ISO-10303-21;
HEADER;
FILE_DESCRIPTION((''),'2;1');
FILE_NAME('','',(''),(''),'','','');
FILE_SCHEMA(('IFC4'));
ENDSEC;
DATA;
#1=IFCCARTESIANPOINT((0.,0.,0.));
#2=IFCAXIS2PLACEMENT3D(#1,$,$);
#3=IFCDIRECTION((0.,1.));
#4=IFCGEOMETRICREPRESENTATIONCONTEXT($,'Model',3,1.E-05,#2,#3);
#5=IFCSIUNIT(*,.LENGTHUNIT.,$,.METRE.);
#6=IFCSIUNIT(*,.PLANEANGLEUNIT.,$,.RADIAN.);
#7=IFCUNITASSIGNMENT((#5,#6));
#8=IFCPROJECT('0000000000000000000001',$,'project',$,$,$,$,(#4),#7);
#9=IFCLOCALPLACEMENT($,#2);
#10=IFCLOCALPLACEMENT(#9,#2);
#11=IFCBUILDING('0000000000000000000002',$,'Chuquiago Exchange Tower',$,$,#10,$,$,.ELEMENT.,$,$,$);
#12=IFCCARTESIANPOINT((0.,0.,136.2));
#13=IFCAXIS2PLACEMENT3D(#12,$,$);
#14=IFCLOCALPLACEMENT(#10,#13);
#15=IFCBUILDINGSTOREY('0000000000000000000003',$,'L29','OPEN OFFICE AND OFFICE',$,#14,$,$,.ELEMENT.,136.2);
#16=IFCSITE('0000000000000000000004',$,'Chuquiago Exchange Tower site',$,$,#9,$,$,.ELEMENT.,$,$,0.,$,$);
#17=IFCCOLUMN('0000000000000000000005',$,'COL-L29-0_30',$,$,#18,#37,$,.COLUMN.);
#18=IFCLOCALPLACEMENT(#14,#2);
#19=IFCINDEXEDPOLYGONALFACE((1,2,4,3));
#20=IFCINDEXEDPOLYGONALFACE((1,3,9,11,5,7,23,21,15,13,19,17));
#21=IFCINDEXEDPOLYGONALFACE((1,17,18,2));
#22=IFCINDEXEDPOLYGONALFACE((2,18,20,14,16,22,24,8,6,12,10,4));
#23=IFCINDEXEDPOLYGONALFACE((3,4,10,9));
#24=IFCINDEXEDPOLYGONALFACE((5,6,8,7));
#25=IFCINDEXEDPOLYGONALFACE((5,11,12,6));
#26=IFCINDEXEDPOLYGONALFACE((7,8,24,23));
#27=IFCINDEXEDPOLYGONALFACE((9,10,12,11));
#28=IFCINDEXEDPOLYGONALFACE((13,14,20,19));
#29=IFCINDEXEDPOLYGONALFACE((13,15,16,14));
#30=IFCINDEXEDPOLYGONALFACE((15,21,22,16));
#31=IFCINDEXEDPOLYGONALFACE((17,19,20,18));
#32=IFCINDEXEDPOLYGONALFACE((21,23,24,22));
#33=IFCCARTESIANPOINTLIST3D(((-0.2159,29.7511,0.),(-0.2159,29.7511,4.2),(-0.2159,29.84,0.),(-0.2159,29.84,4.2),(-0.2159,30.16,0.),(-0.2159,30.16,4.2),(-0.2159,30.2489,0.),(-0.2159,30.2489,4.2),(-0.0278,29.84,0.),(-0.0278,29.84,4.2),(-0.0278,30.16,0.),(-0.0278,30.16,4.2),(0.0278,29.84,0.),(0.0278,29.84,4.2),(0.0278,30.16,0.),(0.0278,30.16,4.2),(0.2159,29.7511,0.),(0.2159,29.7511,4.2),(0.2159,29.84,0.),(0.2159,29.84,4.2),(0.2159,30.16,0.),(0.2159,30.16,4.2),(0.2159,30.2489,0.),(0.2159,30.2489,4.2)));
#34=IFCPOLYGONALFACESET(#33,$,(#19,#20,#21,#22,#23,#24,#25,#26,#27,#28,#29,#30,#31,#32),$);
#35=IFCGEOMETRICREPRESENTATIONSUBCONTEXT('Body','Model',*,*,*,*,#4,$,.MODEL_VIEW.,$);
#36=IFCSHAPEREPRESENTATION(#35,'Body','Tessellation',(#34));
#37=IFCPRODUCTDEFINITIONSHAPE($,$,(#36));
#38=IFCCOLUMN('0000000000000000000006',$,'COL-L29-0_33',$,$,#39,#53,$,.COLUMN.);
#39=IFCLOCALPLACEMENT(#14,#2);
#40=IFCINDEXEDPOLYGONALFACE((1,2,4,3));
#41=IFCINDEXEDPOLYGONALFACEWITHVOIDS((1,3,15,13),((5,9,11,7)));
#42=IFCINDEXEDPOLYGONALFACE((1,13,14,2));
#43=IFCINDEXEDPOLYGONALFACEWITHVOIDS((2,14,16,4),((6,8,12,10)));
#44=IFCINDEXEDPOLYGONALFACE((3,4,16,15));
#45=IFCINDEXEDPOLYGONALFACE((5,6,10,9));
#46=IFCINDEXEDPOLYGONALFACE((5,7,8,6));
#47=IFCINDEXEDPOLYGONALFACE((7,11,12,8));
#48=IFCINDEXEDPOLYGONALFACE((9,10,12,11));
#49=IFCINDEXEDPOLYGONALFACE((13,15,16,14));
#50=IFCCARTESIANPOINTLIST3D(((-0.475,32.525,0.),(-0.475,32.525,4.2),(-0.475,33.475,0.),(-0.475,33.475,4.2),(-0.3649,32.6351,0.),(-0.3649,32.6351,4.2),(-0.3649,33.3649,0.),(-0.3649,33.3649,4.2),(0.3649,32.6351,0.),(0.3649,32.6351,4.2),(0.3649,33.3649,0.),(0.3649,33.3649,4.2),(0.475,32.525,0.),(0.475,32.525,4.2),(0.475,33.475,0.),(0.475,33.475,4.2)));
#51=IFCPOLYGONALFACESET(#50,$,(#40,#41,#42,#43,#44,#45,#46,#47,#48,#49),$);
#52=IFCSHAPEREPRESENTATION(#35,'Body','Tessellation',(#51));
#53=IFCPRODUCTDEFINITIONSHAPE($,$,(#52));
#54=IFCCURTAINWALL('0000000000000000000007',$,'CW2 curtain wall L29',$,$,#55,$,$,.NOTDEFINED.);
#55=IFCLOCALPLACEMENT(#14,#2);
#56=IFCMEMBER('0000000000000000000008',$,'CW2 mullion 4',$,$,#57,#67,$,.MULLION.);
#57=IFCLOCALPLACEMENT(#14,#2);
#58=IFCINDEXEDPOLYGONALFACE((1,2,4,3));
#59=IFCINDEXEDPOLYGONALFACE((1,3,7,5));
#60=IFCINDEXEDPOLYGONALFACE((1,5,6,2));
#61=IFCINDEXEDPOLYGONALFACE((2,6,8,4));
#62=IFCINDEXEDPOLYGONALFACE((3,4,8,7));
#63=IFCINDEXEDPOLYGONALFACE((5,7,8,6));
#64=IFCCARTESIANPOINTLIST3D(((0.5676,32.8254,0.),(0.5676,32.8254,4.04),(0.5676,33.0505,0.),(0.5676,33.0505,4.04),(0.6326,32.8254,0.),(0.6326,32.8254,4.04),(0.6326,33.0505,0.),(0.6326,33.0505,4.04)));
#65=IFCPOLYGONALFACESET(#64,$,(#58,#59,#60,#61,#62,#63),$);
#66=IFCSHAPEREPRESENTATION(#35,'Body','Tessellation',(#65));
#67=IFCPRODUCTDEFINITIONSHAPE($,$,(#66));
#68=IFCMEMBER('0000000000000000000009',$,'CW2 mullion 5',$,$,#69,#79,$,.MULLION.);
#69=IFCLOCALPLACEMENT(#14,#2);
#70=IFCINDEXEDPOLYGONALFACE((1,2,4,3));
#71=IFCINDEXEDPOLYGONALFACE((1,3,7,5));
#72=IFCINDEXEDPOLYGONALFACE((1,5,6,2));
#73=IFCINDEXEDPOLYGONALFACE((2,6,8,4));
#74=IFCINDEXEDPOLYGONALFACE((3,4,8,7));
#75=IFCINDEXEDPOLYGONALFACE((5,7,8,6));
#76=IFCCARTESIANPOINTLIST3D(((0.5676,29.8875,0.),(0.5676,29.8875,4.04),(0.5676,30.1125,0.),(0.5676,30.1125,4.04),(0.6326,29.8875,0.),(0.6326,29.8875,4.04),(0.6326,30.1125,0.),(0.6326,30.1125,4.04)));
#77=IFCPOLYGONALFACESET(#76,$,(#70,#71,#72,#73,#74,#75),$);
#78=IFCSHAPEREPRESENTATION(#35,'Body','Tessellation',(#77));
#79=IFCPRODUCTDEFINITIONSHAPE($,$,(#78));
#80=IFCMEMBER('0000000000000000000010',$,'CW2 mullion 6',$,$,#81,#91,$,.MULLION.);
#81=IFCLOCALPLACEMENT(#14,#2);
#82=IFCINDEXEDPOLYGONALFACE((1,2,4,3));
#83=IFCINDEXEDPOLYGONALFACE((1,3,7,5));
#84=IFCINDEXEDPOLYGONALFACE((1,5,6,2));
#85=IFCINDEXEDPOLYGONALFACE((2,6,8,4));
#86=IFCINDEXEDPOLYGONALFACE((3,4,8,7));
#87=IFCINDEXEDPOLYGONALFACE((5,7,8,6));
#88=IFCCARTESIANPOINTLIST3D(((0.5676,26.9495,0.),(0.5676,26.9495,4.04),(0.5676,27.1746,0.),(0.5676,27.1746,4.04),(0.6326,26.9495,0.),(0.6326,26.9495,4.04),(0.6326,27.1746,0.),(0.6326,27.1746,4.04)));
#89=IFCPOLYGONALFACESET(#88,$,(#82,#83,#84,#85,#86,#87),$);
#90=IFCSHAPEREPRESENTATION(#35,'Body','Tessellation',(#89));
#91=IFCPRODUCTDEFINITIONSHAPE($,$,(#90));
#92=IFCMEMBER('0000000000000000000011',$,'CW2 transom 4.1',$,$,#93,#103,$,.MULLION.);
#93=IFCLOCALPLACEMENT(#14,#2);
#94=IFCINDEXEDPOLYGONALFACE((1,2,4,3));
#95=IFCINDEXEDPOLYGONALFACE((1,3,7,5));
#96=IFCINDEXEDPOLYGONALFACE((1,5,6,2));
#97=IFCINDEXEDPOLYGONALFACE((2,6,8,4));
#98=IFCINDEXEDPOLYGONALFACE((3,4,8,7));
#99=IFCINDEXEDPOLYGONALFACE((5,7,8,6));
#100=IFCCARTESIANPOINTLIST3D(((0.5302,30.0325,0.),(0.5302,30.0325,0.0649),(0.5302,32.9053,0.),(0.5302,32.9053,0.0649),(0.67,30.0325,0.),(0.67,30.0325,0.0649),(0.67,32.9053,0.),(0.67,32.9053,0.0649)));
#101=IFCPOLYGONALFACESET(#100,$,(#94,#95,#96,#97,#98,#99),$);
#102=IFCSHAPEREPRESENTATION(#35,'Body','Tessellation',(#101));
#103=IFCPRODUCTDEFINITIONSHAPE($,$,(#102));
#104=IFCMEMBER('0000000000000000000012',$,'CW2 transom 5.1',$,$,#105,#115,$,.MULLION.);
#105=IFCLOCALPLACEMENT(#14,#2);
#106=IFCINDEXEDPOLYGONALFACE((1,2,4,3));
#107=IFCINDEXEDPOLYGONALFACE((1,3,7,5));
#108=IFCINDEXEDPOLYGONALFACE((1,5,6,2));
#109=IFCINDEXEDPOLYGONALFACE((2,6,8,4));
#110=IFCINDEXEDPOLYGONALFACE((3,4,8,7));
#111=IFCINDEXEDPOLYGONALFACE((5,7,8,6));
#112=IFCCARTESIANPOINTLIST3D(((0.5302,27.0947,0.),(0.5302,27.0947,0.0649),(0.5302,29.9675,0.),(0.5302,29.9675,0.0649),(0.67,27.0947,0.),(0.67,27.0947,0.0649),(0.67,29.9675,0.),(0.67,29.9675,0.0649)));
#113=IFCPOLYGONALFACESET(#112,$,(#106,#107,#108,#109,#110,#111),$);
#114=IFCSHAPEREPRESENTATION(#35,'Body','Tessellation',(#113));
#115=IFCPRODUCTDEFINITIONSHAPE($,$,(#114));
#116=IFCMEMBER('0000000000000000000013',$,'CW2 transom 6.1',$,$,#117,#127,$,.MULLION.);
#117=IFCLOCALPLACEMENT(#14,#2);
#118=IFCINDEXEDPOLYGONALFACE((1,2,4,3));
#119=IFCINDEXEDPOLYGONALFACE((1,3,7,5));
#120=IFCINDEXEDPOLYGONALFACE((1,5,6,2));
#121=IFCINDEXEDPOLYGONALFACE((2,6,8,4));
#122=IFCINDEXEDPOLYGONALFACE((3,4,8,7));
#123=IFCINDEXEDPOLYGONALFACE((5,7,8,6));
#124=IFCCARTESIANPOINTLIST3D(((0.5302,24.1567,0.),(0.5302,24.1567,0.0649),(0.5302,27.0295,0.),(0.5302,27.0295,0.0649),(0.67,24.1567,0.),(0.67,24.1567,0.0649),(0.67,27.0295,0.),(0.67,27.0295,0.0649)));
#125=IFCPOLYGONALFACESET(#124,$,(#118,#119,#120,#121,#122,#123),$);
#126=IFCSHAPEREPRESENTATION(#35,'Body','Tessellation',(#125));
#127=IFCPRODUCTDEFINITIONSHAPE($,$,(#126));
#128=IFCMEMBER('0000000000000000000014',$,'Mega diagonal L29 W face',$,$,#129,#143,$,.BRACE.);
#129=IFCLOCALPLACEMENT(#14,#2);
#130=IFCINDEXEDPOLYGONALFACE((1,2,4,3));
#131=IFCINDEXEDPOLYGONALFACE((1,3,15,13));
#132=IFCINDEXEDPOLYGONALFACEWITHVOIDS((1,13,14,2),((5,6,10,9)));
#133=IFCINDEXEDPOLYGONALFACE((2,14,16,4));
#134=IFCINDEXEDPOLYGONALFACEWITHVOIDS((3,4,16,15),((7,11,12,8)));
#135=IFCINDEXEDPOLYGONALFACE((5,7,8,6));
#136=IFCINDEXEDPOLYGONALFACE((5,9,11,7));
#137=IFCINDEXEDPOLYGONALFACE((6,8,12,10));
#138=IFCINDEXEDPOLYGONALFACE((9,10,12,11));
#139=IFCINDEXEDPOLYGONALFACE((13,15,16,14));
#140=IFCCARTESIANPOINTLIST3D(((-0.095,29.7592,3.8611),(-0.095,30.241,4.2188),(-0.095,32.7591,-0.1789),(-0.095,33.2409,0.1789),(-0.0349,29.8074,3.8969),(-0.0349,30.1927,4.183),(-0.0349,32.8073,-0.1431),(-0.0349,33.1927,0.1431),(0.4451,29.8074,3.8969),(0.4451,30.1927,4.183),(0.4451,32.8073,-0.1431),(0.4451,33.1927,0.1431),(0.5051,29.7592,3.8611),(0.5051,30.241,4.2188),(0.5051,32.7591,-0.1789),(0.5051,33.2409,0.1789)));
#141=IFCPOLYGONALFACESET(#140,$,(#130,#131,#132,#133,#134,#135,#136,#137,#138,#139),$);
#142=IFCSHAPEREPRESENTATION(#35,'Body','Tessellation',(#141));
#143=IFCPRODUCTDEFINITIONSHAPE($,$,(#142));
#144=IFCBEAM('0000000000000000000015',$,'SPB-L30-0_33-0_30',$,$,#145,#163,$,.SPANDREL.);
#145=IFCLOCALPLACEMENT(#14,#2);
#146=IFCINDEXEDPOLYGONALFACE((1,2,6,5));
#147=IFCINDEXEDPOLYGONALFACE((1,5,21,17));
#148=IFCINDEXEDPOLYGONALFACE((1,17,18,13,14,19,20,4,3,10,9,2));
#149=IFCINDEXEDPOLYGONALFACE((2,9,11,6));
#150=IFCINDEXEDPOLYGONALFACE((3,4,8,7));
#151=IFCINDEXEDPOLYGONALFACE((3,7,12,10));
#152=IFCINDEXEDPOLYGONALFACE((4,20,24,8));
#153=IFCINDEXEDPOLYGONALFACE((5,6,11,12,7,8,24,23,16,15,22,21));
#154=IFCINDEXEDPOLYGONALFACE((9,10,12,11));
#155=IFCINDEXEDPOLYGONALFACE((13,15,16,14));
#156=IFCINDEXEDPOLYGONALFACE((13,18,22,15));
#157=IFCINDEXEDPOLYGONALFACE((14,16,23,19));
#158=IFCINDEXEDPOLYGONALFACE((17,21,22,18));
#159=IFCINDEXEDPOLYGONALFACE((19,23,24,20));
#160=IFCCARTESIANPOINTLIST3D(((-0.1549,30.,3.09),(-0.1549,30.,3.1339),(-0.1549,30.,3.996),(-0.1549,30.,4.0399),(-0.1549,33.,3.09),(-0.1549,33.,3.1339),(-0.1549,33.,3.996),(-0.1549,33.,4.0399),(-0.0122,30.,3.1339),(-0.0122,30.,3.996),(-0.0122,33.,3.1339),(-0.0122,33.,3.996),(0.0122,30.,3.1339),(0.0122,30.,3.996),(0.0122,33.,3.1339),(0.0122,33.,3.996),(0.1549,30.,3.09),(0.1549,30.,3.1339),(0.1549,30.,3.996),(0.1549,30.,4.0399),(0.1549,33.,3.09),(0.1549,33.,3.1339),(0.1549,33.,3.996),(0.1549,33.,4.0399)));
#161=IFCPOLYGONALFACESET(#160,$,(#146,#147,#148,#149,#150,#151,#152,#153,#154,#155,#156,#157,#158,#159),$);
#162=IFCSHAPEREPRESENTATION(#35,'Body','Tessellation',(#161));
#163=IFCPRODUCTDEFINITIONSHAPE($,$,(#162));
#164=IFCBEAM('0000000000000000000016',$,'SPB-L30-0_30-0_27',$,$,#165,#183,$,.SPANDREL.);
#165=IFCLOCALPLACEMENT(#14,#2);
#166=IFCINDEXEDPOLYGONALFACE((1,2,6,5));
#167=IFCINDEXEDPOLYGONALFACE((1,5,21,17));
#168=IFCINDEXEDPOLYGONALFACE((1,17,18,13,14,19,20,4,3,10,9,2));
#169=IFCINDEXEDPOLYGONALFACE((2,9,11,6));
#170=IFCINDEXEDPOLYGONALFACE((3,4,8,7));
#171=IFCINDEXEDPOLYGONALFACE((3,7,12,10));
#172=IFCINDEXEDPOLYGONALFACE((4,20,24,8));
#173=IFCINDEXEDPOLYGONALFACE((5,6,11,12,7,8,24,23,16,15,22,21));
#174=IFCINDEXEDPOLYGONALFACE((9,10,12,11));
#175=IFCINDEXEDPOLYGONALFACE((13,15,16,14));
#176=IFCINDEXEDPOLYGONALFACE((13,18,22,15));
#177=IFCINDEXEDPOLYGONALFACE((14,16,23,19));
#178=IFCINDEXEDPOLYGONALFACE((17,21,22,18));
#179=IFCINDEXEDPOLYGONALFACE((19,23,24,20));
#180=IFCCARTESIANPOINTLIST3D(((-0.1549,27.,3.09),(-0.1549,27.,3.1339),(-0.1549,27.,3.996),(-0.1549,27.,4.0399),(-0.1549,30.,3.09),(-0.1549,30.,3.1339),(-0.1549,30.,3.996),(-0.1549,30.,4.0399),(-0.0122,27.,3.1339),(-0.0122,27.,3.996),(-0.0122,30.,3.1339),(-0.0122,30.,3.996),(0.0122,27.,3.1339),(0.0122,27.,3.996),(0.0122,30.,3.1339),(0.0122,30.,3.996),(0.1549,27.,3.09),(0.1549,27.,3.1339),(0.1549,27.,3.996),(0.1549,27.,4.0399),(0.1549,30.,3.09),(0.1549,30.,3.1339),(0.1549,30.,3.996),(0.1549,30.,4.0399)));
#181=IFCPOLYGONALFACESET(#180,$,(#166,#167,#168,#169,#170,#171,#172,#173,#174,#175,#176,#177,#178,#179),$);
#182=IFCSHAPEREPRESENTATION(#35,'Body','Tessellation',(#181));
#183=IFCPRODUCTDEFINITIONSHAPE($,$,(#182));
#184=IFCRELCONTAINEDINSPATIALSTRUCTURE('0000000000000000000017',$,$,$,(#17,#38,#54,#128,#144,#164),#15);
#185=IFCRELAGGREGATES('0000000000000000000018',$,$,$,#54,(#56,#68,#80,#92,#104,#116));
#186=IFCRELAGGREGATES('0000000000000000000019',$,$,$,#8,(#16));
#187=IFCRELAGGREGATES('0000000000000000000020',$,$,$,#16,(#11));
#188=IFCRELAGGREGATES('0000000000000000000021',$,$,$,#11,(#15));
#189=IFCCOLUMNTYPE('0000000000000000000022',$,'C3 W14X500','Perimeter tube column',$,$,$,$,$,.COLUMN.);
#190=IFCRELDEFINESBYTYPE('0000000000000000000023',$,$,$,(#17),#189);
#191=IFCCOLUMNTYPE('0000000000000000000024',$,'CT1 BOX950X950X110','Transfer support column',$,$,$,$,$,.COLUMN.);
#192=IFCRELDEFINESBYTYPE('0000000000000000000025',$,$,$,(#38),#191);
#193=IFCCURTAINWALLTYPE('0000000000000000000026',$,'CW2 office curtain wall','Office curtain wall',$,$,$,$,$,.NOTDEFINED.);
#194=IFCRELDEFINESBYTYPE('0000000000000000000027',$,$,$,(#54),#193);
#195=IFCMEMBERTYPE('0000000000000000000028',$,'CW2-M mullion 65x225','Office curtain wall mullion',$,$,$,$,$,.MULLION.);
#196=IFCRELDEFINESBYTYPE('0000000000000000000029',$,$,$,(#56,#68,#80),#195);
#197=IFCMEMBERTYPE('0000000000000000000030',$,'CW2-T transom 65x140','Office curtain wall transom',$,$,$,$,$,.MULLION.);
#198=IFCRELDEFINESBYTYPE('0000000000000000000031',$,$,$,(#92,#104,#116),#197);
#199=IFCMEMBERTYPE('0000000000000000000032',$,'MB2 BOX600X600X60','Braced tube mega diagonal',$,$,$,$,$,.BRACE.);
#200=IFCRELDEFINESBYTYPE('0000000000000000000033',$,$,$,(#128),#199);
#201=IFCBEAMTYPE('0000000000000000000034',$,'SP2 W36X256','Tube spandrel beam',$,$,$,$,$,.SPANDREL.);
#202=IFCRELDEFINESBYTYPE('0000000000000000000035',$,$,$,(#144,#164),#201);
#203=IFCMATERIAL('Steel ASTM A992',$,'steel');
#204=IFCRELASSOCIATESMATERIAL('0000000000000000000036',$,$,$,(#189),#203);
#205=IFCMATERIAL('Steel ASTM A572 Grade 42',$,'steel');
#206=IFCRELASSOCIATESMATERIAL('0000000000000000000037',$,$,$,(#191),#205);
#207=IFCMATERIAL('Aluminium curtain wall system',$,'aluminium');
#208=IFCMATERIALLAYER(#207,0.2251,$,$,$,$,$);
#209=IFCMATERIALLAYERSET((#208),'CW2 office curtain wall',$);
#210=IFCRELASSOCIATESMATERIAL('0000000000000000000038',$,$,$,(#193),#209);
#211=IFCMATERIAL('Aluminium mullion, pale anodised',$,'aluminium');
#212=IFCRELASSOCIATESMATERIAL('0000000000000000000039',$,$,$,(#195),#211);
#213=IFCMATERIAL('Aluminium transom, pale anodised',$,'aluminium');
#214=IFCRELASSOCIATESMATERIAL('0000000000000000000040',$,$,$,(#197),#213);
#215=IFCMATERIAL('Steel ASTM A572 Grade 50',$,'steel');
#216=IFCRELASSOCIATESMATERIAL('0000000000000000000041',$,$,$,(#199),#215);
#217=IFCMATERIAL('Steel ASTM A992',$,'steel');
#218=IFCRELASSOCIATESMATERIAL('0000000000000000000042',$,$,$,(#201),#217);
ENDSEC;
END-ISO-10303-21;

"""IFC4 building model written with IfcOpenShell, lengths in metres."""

from ifc_helpers import new_model, si_unit, direction, frame, origin, origin_2d, place, context, subcontext, project, spatial, rectangle, hollow_rectangle, i_section, extrude, material, layer, layer_set, material_profile, profile_set, type_object, element, aggregate, save


model = new_model("IFC4")

# Units and contexts
model_context = context("Model", 3, precision=1e-05, world=origin(), true_north=direction((0.0, 1.0)))
body_context = subcontext(model_context, "Body", "Model", "MODEL_VIEW")
ifc_project = project(units=[si_unit("LENGTHUNIT", "METRE"), si_unit("PLANEANGLEUNIT", "RADIAN")], contexts=[model_context])

# Site, building, storey
site_placement = place(None, origin())
site = spatial("IfcSite", under=ifc_project, at=site_placement, Name="Chuquiago Exchange Tower site", CompositionType="ELEMENT", RefElevation=0.0)
building_placement = place(site_placement, origin())
building = spatial("IfcBuilding", under=site, at=building_placement, Name="Chuquiago Exchange Tower", CompositionType="ELEMENT")
storey_placement = place(building_placement, frame((0.0, 0.0, 136.2)))
storey = spatial("IfcBuildingStorey", under=building, at=storey_placement, Name="L29", Description="OPEN OFFICE AND OFFICE", CompositionType="ELEMENT", Elevation=136.2)

# Columns
ifc_material_1 = material(Name="Steel ASTM A992", Category="steel")
ifc_material_profile_1 = material_profile(ifc_material_1, i_section(OverallWidth=0.4319, OverallDepth=0.4978, WebThickness=0.0557, FlangeThickness=0.0889, at=origin_2d()), Name="W14X500")
ifc_profile_set_1 = profile_set([ifc_material_profile_1], Name="Steel ASTM A992")
column_type_1 = type_object("IfcColumnType", Name="C3 W14X500", Description="Perimeter tube column", PredefinedType="COLUMN", material=ifc_profile_set_1)
column_1_placement = place(storey_placement, frame((0.0, 30.0, 0.0), z_axis=(0.0, 0.0, 1.0), x_axis=(-1.0, 0.0, 0.0)))
element("IfcColumn", 1, at=column_1_placement, inside=storey, type_object=column_type_1, Name="COL-L29-0_30", PredefinedType="COLUMN", context=body_context, shape_type="SweptSolid", body=[
    extrude(i_section(OverallWidth=0.4319, OverallDepth=0.4978, WebThickness=0.0557, FlangeThickness=0.0889, at=origin_2d()), origin(), (0.0, 0.0, 1.0), 4.2),
])
ifc_material_2 = material(Name="Steel ASTM A572 Grade 42", Category="steel")
ifc_material_profile_2 = material_profile(ifc_material_2, hollow_rectangle(XDim=0.95, YDim=0.95, WallThickness=0.1101, at=origin_2d()), Name="BOX950X950X110")
ifc_profile_set_2 = profile_set([ifc_material_profile_2], Name="Steel ASTM A572 Grade 42")
column_type_2 = type_object("IfcColumnType", Name="CT1 BOX950X950X110", Description="Transfer support column", PredefinedType="COLUMN", material=ifc_profile_set_2)
column_2_placement = place(storey_placement, frame((0.0, 33.0, 0.0), z_axis=(0.0, 0.0, 1.0), x_axis=(-1.0, 0.0, 0.0)))
element("IfcColumn", 2, at=column_2_placement, inside=storey, type_object=column_type_2, Name="COL-L29-0_33", PredefinedType="COLUMN", context=body_context, shape_type="SweptSolid", body=[
    extrude(hollow_rectangle(XDim=0.95, YDim=0.95, WallThickness=0.1101, at=origin_2d()), origin(), (0.0, 0.0, 1.0), 4.2),
])

# Curtain wall, members
ifc_material_3 = material(Name="Aluminium curtain wall system", Category="aluminium")
ifc_layer_1 = layer(ifc_material_3, 0.2251)
ifc_layer_set_1 = layer_set([ifc_layer_1], Name="CW2 office curtain wall")
curtain_wall_type = type_object("IfcCurtainWallType", Name="CW2 office curtain wall", Description="Office curtain wall", PredefinedType="NOTDEFINED", material=ifc_layer_set_1)
curtain_wall_placement = place(storey_placement, origin())
curtain_wall = element("IfcCurtainWall", 3, at=curtain_wall_placement, inside=storey, type_object=curtain_wall_type, Name="CW2 curtain wall L29", PredefinedType="NOTDEFINED")
ifc_material_4 = material(Name="Aluminium mullion, pale anodised", Category="aluminium")
ifc_material_profile_3 = material_profile(ifc_material_4, rectangle(XDim=0.0649, YDim=0.2251, at=origin_2d()), Name="AL 65x225")
ifc_profile_set_3 = profile_set([ifc_material_profile_3], Name="Aluminium mullion, pale anodised")
member_type_1 = type_object("IfcMemberType", Name="CW2-M mullion 65x225", Description="Office curtain wall mullion", PredefinedType="MULLION", material=ifc_profile_set_3)
member_1_placement = place(storey_placement, frame((0.6001, 32.938, 0.0), z_axis=(0.0, 0.0, 1.0), x_axis=(1.0, 0.0, 0.0)))
member_1 = element("IfcMember", 4, at=member_1_placement, type_object=member_type_1, Name="CW2 mullion 4", PredefinedType="MULLION", context=body_context, shape_type="SweptSolid", body=[
    extrude(rectangle(XDim=0.0649, YDim=0.2251, at=origin_2d()), origin(), (0.0, 0.0, 1.0), 4.04),
])
member_2_placement = place(storey_placement, frame((0.6001, 30.0, 0.0), z_axis=(0.0, 0.0, 1.0), x_axis=(1.0, 0.0, 0.0)))
member_2 = element("IfcMember", 5, at=member_2_placement, type_object=member_type_1, Name="CW2 mullion 5", PredefinedType="MULLION", context=body_context, shape_type="SweptSolid", body=[
    extrude(rectangle(XDim=0.0649, YDim=0.2251, at=origin_2d()), origin(), (0.0, 0.0, 1.0), 4.04),
])
member_3_placement = place(storey_placement, frame((0.6001, 27.062, 0.0), z_axis=(0.0, 0.0, 1.0), x_axis=(1.0, 0.0, 0.0)))
member_3 = element("IfcMember", 6, at=member_3_placement, type_object=member_type_1, Name="CW2 mullion 6", PredefinedType="MULLION", context=body_context, shape_type="SweptSolid", body=[
    extrude(rectangle(XDim=0.0649, YDim=0.2251, at=origin_2d()), origin(), (0.0, 0.0, 1.0), 4.04),
])
ifc_material_5 = material(Name="Aluminium transom, pale anodised", Category="aluminium")
ifc_material_profile_4 = material_profile(ifc_material_5, rectangle(XDim=0.1399, YDim=0.0649, at=origin_2d()), Name="AL 140x65")
ifc_profile_set_4 = profile_set([ifc_material_profile_4], Name="Aluminium transom, pale anodised")
member_type_2 = type_object("IfcMemberType", Name="CW2-T transom 65x140", Description="Office curtain wall transom", PredefinedType="MULLION", material=ifc_profile_set_4)
member_4_placement = place(storey_placement, frame((0.6001, 32.9053, 0.0325), z_axis=(0.0, -1.0, 0.0), x_axis=(1.0, 0.0, 0.0)))
member_4 = element("IfcMember", 7, at=member_4_placement, type_object=member_type_2, Name="CW2 transom 4.1", PredefinedType="MULLION", context=body_context, shape_type="SweptSolid", body=[
    extrude(rectangle(XDim=0.1399, YDim=0.0649, at=origin_2d()), origin(), (0.0, 0.0, 1.0), 2.8728),
])
member_5_placement = place(storey_placement, frame((0.6001, 29.9675, 0.0325), z_axis=(0.0, -1.0, 0.0), x_axis=(1.0, 0.0, 0.0)))
member_5 = element("IfcMember", 8, at=member_5_placement, type_object=member_type_2, Name="CW2 transom 5.1", PredefinedType="MULLION", context=body_context, shape_type="SweptSolid", body=[
    extrude(rectangle(XDim=0.1399, YDim=0.0649, at=origin_2d()), origin(), (0.0, 0.0, 1.0), 2.8728),
])
member_6_placement = place(storey_placement, frame((0.6001, 27.0295, 0.0325), z_axis=(0.0, -1.0, 0.0), x_axis=(1.0, 0.0, 0.0)))
member_6 = element("IfcMember", 9, at=member_6_placement, type_object=member_type_2, Name="CW2 transom 6.1", PredefinedType="MULLION", context=body_context, shape_type="SweptSolid", body=[
    extrude(rectangle(XDim=0.1399, YDim=0.0649, at=origin_2d()), origin(), (0.0, 0.0, 1.0), 2.8728),
])

# Member
ifc_material_6 = material(Name="Steel ASTM A572 Grade 50", Category="steel")
ifc_material_profile_5 = material_profile(ifc_material_6, hollow_rectangle(XDim=0.6001, YDim=0.6001, WallThickness=0.0601, at=origin_2d()), Name="BOX600X600X60")
ifc_profile_set_5 = profile_set([ifc_material_profile_5], Name="Steel ASTM A572 Grade 50")
member_type_3 = type_object("IfcMemberType", Name="MB2 BOX600X600X60", Description="Braced tube mega diagonal", PredefinedType="BRACE", material=ifc_profile_set_5)
member_7_placement = place(storey_placement, frame((0.2051, 33.0, 0.0), z_axis=(0.0, -0.596174, 0.802855), x_axis=(1.0, 0.0, 0.0)))
element("IfcMember", 10, at=member_7_placement, inside=storey, type_object=member_type_3, Name="Mega diagonal L29 W face", PredefinedType="BRACE", context=body_context, shape_type="SweptSolid", body=[
    extrude(hollow_rectangle(XDim=0.6001, YDim=0.6001, WallThickness=0.0601, at=origin_2d()), origin(), (0.0, 0.0, 1.0), 5.032),
])

# Beams
ifc_material_7 = material(Name="Steel ASTM A992", Category="steel")
ifc_material_profile_6 = material_profile(ifc_material_7, i_section(OverallWidth=0.3098, OverallDepth=0.95, WebThickness=0.0244, FlangeThickness=0.0439, at=origin_2d()), Name="W36X256")
ifc_profile_set_6 = profile_set([ifc_material_profile_6], Name="Steel ASTM A992")
beam_type = type_object("IfcBeamType", Name="SP2 W36X256", Description="Tube spandrel beam", PredefinedType="SPANDREL", material=ifc_profile_set_6)
for number, where, z_axis, x_axis, name in (
    (11, (0.0, 33.0, 3.5649), (0.0, -1.0, 0.0), (1.0, 0.0, 0.0), "SPB-L30-0_33-0_30"),
    (12, (0.0, 30.0, 3.5649), (0.0, -1.0, 0.0), (1.0, 0.0, 0.0), "SPB-L30-0_30-0_27"),
):
    element("IfcBeam", number, at=place(storey_placement, frame(where, z_axis=z_axis, x_axis=x_axis)), inside=storey, type_object=beam_type, Name=name, PredefinedType="SPANDREL", context=body_context, shape_type="SweptSolid", body=[
        extrude(i_section(OverallWidth=0.3098, OverallDepth=0.95, WebThickness=0.0244, FlangeThickness=0.0439, at=origin_2d()), origin(), (0.0, 0.0, 1.0), 3.0),
    ])

aggregate(curtain_wall, [member_1, member_2, member_3, member_4, member_5, member_6])

save(model, "model.ifc")
